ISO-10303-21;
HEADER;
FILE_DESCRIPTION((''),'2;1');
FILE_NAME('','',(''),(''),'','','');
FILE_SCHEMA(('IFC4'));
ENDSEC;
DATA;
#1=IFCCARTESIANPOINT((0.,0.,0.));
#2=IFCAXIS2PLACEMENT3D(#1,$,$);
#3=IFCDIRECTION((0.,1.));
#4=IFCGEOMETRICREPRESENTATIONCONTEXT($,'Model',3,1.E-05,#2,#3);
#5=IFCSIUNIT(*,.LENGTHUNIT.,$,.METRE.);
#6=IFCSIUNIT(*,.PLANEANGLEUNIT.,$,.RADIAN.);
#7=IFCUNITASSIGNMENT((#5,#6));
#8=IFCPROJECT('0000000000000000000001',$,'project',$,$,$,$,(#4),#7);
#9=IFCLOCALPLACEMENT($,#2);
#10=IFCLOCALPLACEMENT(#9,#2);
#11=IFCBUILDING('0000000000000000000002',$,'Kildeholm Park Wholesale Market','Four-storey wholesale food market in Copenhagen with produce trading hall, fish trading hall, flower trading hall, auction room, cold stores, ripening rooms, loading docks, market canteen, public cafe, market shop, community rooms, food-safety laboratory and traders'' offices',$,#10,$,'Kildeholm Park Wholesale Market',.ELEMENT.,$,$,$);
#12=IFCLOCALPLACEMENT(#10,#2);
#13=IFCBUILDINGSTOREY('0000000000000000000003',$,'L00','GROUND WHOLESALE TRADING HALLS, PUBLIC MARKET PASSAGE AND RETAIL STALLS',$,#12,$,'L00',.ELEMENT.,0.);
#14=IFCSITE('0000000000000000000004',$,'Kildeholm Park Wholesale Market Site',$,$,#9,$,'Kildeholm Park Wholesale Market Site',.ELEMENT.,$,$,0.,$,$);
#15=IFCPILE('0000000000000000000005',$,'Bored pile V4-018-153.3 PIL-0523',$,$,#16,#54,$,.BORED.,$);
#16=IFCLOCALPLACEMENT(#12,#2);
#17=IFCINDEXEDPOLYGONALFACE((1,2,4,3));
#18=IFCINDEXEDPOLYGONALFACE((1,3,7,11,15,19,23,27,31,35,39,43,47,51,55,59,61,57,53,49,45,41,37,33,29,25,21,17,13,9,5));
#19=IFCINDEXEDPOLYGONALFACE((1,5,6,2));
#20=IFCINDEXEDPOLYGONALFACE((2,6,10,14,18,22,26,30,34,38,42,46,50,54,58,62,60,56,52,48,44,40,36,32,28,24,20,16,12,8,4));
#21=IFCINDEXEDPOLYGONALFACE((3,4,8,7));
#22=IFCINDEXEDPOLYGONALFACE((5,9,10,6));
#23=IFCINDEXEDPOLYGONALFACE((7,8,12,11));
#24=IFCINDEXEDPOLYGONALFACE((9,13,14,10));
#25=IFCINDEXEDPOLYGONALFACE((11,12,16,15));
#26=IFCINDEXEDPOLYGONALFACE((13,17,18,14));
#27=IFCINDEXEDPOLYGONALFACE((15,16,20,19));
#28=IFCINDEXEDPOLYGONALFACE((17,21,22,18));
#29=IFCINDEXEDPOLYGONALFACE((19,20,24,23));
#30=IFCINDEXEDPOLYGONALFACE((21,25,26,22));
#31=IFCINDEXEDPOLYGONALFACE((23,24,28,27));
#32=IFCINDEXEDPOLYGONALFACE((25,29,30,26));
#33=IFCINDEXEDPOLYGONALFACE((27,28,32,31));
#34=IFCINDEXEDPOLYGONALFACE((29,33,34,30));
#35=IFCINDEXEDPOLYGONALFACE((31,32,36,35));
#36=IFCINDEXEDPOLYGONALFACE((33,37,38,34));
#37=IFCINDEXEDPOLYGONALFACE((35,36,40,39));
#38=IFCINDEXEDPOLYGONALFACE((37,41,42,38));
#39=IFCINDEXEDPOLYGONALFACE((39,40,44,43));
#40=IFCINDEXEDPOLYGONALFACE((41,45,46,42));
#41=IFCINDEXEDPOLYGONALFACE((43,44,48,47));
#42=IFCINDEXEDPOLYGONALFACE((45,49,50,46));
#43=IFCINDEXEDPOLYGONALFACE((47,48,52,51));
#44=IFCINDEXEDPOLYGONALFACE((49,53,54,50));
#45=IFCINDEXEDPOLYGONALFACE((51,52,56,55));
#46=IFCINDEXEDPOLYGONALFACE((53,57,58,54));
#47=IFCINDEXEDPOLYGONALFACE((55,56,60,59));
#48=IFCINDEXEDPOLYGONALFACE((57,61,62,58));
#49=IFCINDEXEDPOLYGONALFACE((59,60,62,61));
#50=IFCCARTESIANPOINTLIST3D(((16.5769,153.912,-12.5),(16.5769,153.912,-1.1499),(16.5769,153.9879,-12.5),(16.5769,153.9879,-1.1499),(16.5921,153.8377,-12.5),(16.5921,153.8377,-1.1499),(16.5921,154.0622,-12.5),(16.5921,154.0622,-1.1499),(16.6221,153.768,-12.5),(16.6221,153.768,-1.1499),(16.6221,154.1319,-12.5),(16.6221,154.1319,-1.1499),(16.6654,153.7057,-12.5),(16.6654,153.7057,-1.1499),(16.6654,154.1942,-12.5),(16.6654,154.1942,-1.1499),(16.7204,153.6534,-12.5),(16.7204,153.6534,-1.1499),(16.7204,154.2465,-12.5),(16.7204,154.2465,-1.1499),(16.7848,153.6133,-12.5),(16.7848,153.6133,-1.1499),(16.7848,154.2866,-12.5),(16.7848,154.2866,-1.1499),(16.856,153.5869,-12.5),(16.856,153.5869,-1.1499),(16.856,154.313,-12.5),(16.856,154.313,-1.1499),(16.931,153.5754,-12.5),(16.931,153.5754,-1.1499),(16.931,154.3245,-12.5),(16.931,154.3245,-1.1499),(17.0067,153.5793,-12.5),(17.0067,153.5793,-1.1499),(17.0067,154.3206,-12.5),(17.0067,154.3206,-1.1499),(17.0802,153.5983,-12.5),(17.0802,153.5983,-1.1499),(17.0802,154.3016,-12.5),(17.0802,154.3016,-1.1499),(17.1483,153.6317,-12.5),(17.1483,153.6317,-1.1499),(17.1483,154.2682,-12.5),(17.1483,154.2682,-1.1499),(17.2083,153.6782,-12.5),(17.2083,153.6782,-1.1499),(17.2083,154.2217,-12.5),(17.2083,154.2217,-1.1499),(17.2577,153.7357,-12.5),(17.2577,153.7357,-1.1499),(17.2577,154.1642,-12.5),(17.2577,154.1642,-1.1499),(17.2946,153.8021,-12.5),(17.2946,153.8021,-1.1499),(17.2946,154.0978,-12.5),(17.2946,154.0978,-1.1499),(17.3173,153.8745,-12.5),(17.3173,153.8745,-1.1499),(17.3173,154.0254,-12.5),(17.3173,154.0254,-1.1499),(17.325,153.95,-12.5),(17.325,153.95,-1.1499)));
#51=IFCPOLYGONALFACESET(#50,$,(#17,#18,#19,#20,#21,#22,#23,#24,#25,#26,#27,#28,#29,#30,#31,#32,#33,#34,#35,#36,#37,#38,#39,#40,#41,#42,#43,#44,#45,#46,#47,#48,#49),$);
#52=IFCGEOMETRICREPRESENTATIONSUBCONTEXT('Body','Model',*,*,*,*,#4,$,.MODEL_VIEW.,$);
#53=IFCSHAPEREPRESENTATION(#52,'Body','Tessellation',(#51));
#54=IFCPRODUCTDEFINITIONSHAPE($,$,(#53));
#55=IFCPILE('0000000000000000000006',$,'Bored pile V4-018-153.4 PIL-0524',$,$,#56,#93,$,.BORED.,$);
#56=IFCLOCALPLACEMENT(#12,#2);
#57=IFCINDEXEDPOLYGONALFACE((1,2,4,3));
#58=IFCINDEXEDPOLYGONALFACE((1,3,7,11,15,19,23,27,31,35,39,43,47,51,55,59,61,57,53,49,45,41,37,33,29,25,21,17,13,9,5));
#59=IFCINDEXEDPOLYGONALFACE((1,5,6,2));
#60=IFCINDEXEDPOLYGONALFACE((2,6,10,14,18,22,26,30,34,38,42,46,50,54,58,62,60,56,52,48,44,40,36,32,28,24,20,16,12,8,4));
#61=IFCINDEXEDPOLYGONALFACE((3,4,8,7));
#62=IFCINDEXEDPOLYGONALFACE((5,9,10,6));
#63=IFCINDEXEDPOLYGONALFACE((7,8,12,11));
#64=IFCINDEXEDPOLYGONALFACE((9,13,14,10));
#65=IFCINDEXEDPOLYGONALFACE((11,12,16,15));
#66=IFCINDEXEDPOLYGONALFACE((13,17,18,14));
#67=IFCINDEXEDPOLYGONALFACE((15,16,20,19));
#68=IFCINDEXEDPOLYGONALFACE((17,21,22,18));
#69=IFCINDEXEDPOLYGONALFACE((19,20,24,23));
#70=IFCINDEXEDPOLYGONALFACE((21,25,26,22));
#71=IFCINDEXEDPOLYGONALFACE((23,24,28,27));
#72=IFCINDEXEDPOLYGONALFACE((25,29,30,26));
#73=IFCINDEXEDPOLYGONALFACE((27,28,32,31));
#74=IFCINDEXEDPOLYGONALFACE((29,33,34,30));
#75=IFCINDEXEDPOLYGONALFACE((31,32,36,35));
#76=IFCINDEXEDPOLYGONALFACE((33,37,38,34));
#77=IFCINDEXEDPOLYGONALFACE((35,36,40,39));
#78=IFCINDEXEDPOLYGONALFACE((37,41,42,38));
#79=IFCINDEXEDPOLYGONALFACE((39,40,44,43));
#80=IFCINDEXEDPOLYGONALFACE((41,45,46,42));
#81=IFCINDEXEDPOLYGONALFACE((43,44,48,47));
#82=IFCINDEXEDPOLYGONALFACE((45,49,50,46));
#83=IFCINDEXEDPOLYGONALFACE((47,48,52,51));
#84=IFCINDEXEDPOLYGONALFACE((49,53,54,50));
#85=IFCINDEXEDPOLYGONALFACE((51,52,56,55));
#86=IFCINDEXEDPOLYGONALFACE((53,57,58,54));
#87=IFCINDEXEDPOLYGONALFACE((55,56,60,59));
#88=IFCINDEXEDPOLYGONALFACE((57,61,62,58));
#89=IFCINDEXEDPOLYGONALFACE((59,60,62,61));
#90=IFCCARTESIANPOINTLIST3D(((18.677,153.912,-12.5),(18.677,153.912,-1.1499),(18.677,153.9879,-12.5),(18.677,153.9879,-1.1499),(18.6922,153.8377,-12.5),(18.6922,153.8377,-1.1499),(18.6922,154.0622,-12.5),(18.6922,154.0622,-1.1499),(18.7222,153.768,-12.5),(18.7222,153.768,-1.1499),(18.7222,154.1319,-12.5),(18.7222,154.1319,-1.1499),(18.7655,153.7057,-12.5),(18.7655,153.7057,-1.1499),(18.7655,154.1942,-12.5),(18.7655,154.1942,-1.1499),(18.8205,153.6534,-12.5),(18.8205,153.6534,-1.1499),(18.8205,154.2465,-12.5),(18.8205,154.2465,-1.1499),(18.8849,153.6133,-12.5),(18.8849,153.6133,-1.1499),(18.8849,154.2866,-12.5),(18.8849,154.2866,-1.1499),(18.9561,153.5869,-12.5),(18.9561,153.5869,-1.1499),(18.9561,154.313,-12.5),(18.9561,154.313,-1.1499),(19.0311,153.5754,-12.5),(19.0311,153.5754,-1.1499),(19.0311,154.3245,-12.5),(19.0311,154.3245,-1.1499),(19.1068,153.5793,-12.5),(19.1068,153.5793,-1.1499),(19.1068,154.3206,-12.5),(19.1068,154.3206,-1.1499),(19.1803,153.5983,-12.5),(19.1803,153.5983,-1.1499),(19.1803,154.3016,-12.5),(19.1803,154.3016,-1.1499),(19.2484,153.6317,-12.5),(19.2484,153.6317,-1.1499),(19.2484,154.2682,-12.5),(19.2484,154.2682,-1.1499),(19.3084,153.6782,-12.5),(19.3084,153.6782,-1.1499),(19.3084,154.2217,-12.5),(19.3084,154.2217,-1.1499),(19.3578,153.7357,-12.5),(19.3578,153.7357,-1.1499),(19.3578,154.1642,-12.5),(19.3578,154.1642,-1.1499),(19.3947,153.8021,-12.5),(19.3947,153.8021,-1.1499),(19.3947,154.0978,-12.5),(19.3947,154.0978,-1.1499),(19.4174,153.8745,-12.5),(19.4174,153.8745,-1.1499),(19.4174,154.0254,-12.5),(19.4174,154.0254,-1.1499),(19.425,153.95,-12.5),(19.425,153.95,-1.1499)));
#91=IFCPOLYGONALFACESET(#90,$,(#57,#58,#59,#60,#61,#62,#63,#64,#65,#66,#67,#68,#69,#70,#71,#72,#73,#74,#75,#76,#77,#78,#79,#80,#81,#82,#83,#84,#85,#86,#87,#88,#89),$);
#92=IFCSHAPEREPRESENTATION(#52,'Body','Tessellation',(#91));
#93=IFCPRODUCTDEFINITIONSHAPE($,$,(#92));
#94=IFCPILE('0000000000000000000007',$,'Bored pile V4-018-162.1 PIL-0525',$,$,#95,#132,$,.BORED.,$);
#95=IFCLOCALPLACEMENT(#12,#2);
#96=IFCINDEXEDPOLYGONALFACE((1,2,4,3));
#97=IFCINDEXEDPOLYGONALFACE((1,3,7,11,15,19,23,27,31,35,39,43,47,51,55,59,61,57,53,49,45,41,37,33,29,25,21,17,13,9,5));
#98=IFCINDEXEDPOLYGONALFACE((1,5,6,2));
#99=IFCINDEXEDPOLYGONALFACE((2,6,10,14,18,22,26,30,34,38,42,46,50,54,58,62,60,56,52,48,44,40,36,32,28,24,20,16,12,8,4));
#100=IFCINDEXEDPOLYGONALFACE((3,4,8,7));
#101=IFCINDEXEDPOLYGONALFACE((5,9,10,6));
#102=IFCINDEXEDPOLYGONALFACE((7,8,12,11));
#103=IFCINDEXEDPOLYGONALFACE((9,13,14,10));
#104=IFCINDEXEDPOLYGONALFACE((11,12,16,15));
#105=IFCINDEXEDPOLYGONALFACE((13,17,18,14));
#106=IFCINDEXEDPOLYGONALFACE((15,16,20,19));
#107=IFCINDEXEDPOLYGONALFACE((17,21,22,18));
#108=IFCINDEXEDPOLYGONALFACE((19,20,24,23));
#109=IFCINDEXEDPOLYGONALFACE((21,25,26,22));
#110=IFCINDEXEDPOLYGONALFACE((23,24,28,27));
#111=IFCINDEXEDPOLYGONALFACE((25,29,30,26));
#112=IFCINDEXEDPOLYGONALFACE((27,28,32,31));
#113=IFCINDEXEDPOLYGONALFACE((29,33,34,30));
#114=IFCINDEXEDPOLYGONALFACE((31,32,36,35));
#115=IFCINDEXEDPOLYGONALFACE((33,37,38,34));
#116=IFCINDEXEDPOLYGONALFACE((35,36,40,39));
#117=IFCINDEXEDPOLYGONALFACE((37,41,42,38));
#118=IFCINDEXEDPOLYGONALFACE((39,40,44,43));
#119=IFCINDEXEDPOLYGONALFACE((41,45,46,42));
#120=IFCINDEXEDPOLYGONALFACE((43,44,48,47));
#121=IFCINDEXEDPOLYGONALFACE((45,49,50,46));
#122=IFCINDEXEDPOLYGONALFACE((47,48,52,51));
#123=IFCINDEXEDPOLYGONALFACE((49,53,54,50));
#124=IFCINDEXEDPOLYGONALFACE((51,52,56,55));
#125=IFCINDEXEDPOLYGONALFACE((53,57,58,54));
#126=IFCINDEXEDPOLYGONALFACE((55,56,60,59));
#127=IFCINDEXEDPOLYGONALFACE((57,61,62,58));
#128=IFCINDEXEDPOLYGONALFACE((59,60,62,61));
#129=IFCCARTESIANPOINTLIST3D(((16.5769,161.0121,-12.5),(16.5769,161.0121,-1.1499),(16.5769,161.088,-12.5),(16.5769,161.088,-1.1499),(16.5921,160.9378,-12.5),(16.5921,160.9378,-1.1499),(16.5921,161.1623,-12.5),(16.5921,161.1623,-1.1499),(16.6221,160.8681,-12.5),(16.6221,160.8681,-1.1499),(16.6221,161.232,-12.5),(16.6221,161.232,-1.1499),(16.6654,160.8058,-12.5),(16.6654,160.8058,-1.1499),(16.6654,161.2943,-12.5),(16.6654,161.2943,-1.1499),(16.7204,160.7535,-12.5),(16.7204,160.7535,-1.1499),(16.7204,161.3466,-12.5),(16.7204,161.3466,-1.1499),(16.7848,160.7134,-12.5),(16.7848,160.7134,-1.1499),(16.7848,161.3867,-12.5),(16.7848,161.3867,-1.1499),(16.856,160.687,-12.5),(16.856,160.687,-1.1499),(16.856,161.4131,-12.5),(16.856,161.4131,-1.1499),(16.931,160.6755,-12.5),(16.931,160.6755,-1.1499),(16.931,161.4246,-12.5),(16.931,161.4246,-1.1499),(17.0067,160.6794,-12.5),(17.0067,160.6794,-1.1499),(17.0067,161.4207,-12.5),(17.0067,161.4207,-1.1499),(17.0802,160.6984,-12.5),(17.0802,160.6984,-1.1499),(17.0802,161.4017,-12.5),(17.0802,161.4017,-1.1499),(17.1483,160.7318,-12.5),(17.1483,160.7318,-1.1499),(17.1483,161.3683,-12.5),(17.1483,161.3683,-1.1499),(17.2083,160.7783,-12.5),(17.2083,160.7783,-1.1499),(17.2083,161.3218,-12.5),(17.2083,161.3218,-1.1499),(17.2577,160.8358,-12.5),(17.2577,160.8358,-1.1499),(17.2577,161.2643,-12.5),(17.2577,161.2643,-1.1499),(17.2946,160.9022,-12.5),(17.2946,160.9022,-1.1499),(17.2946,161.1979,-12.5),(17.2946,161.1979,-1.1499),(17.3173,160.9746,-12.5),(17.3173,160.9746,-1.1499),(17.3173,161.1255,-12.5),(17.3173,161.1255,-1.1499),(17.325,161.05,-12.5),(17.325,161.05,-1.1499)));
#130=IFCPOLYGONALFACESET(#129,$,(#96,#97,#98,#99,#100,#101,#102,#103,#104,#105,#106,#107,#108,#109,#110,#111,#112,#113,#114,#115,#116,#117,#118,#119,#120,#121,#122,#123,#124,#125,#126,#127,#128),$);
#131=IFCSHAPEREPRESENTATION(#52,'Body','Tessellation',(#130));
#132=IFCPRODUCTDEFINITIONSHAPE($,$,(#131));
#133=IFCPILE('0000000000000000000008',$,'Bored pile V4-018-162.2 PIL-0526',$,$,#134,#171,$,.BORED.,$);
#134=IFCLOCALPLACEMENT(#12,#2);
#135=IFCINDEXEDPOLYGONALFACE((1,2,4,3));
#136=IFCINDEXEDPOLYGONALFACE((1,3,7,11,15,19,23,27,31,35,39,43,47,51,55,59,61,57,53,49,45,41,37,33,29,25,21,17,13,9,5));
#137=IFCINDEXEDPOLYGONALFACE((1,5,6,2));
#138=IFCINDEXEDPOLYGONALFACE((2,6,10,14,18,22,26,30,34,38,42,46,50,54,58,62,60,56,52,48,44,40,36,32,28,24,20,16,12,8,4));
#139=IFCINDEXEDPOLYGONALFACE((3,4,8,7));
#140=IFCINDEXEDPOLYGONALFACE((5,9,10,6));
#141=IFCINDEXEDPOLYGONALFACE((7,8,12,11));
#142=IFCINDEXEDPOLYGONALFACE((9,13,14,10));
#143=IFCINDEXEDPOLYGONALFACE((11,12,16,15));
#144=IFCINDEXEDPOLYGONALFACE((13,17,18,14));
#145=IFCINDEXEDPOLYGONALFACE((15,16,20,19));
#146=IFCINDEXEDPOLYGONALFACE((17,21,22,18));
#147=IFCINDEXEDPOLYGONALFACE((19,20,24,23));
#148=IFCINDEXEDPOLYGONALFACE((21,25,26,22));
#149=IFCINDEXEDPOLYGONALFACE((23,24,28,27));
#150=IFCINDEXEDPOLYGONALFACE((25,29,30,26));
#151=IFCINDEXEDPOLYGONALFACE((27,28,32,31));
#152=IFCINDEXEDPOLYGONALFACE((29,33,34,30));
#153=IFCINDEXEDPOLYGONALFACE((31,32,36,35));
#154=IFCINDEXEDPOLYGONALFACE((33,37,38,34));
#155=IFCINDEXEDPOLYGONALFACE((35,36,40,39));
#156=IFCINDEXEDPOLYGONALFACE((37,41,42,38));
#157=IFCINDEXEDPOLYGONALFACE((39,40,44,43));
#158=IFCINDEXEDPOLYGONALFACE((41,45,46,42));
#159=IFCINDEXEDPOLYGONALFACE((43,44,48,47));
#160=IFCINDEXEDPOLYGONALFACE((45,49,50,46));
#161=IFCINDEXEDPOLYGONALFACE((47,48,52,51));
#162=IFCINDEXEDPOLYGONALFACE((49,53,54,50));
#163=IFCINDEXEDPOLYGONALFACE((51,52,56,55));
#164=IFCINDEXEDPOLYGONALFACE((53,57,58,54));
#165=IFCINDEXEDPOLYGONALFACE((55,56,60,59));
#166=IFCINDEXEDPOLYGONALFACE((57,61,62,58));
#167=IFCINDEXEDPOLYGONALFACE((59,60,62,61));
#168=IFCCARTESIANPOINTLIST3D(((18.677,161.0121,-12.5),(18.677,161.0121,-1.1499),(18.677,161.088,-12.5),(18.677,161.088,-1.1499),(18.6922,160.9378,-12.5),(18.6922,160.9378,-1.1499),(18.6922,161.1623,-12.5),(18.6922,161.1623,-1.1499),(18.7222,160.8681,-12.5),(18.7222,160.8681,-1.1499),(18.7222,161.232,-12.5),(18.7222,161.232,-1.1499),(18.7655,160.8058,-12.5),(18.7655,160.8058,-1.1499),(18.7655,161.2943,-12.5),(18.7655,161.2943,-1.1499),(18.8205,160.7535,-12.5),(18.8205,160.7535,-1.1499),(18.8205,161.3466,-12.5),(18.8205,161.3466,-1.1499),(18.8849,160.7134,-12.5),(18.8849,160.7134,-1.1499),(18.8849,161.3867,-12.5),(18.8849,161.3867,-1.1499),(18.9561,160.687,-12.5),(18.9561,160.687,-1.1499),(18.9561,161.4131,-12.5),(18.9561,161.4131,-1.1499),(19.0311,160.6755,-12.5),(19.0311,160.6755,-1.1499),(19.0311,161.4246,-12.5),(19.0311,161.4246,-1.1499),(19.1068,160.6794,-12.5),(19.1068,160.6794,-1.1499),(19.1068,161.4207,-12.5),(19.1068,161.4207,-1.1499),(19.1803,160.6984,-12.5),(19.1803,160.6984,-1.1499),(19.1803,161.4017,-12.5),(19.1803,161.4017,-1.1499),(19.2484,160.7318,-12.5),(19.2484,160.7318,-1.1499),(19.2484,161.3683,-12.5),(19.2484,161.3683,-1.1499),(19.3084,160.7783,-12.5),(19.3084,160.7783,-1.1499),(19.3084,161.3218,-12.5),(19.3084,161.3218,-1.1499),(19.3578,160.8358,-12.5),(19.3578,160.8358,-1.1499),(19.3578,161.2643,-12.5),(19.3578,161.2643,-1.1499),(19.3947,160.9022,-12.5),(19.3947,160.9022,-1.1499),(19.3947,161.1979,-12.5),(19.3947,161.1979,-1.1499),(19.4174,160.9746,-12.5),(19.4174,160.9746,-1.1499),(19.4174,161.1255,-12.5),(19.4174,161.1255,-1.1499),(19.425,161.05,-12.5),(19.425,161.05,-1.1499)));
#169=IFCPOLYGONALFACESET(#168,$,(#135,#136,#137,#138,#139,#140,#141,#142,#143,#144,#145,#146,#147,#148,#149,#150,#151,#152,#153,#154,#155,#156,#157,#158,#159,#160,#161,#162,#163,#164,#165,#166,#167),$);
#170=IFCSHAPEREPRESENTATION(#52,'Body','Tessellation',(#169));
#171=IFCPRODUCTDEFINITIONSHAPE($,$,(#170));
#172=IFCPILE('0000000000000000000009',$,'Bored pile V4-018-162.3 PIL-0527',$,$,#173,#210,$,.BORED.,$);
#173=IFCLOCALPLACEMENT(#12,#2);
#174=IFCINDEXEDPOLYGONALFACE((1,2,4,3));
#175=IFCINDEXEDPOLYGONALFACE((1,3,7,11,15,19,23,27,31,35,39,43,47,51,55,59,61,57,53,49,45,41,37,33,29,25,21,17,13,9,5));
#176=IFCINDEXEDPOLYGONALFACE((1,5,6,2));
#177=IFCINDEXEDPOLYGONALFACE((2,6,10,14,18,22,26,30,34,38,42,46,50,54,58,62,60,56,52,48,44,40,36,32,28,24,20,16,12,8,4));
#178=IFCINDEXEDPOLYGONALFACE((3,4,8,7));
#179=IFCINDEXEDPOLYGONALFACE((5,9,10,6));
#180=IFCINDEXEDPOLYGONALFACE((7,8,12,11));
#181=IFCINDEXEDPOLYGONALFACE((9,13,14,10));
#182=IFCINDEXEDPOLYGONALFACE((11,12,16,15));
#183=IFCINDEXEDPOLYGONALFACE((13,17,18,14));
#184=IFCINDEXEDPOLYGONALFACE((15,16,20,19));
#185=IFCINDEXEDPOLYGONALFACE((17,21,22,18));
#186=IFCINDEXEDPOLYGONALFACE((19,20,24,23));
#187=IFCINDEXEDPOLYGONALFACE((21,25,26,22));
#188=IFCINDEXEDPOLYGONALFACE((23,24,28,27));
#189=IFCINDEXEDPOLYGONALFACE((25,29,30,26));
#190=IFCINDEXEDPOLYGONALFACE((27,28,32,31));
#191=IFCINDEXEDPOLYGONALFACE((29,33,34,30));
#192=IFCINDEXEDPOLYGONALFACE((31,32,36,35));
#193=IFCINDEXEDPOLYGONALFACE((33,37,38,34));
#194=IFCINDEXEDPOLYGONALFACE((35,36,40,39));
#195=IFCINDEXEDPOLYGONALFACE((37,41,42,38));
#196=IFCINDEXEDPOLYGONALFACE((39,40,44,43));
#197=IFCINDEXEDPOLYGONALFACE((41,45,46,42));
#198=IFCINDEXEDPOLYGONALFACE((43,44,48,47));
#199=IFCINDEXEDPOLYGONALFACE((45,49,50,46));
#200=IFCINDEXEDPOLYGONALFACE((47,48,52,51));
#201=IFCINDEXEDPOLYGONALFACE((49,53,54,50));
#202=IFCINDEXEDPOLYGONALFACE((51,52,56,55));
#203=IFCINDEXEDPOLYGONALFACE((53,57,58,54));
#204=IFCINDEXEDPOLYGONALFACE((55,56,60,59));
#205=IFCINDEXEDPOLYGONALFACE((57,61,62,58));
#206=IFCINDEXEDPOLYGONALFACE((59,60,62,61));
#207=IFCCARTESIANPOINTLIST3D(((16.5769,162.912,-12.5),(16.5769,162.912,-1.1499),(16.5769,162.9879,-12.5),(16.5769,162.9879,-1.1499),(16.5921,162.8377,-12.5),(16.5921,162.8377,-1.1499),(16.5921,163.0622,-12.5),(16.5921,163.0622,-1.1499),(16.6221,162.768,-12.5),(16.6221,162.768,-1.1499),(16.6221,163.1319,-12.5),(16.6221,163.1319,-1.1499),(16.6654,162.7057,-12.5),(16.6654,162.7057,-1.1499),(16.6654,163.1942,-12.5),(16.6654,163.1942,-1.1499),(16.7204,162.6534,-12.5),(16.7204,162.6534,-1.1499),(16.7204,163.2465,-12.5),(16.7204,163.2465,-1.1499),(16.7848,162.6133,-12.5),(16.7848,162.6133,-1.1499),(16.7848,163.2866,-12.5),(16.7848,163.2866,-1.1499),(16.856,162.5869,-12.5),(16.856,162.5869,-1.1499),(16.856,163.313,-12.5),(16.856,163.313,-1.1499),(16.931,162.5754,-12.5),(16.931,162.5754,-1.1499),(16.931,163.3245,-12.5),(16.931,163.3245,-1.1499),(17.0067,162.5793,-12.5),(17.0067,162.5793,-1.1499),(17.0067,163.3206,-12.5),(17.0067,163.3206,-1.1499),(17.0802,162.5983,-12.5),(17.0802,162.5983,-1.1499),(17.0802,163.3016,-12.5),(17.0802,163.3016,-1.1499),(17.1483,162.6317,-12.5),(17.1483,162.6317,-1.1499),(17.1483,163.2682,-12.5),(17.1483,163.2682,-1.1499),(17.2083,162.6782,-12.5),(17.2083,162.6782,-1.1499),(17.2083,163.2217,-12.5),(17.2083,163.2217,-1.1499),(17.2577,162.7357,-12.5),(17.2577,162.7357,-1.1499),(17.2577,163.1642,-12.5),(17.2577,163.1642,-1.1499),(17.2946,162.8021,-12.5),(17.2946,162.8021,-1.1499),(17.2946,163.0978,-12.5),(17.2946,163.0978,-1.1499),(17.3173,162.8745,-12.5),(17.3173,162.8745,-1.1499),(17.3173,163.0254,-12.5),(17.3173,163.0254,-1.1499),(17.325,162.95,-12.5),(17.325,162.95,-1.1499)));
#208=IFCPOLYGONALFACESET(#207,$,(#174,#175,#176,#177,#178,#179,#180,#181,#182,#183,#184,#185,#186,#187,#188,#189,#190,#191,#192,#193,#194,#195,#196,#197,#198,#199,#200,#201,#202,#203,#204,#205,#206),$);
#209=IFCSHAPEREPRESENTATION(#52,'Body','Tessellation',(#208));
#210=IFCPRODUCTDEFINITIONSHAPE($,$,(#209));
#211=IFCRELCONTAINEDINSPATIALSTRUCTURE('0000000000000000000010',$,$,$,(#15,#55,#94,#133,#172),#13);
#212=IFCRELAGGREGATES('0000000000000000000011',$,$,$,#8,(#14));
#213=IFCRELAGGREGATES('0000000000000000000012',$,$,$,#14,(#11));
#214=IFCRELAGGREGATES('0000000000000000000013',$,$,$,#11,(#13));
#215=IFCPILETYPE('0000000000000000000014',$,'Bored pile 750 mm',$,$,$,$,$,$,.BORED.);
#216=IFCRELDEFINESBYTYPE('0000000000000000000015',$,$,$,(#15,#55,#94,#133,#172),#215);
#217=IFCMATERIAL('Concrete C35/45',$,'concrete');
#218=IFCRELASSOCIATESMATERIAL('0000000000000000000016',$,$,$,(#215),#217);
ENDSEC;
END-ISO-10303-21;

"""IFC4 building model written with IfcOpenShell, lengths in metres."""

from ifc_helpers import new_model, si_unit, direction, frame, origin, origin_2d, place, context, subcontext, project, spatial, circle, extrude, material, material_profile, profile_set, type_object, element, save


model = new_model("IFC4")

# Units and contexts
model_context = context("Model", 3, precision=1e-05, world=origin(), true_north=direction((0.0, 1.0)))
body_context = subcontext(model_context, "Body", "Model", "MODEL_VIEW")
ifc_project = project(units=[si_unit("LENGTHUNIT", "METRE"), si_unit("PLANEANGLEUNIT", "RADIAN")], contexts=[model_context])

# Site, building, storey
site_placement = place(None, origin())
site = spatial("IfcSite", under=ifc_project, at=site_placement, Name="Kildeholm Park Wholesale Market Site", LongName="Kildeholm Park Wholesale Market Site", CompositionType="ELEMENT", RefElevation=0.0)
building_placement = place(site_placement, origin())
building = spatial("IfcBuilding", under=site, at=building_placement, Name="Kildeholm Park Wholesale Market", Description="Four-storey wholesale food market in Copenhagen with produce trading hall, fish trading hall, flower trading hall, auction room, cold stores, ripening rooms, loading docks, market canteen, public cafe, market shop, community rooms, food-safety laboratory and traders' offices", LongName="Kildeholm Park Wholesale Market", CompositionType="ELEMENT")
storey_placement = place(building_placement, origin())
storey = spatial("IfcBuildingStorey", under=building, at=storey_placement, Name="L00", Description="GROUND WHOLESALE TRADING HALLS, PUBLIC MARKET PASSAGE AND RETAIL STALLS", LongName="L00", CompositionType="ELEMENT", Elevation=0.0)

# Piles
ifc_material_1 = material(Name="Concrete C35/45", Category="concrete")
ifc_material_profile_1 = material_profile(ifc_material_1, circle(Radius=0.375, at=origin_2d()), Name="PILE D750")
ifc_profile_set_1 = profile_set([ifc_material_profile_1], Name="Concrete C35/45")
pile_type = type_object("IfcPileType", Name="Bored pile 750 mm", PredefinedType="BORED", material=ifc_profile_set_1)
for number, where, z_axis, x_axis, name in (
    (1, (16.95, 153.95, -1.1499), (0.0, 0.0, -1.0), (1.0, 0.0, 0.0), "Bored pile V4-018-153.3 PIL-0523"),
    (2, (19.05, 153.95, -1.1499), (0.0, 0.0, -1.0), (1.0, 0.0, 0.0), "Bored pile V4-018-153.4 PIL-0524"),
    (3, (16.95, 161.05, -1.1499), (0.0, 0.0, -1.0), (1.0, 0.0, 0.0), "Bored pile V4-018-162.1 PIL-0525"),
    (4, (19.05, 161.05, -1.1499), (0.0, 0.0, -1.0), (1.0, 0.0, 0.0), "Bored pile V4-018-162.2 PIL-0526"),
    (5, (16.95, 162.95, -1.1499), (0.0, 0.0, -1.0), (1.0, 0.0, 0.0), "Bored pile V4-018-162.3 PIL-0527"),
):
    element("IfcPile", number, at=place(storey_placement, frame(where, z_axis=z_axis, x_axis=x_axis)), inside=storey, type_object=pile_type, Name=name, PredefinedType="BORED", context=body_context, shape_type="SweptSolid", body=[
        extrude(circle(Radius=0.375, at=origin_2d()), origin(), (0.0, 0.0, 1.0), 11.3501),
    ])

save(model, "model.ifc")
